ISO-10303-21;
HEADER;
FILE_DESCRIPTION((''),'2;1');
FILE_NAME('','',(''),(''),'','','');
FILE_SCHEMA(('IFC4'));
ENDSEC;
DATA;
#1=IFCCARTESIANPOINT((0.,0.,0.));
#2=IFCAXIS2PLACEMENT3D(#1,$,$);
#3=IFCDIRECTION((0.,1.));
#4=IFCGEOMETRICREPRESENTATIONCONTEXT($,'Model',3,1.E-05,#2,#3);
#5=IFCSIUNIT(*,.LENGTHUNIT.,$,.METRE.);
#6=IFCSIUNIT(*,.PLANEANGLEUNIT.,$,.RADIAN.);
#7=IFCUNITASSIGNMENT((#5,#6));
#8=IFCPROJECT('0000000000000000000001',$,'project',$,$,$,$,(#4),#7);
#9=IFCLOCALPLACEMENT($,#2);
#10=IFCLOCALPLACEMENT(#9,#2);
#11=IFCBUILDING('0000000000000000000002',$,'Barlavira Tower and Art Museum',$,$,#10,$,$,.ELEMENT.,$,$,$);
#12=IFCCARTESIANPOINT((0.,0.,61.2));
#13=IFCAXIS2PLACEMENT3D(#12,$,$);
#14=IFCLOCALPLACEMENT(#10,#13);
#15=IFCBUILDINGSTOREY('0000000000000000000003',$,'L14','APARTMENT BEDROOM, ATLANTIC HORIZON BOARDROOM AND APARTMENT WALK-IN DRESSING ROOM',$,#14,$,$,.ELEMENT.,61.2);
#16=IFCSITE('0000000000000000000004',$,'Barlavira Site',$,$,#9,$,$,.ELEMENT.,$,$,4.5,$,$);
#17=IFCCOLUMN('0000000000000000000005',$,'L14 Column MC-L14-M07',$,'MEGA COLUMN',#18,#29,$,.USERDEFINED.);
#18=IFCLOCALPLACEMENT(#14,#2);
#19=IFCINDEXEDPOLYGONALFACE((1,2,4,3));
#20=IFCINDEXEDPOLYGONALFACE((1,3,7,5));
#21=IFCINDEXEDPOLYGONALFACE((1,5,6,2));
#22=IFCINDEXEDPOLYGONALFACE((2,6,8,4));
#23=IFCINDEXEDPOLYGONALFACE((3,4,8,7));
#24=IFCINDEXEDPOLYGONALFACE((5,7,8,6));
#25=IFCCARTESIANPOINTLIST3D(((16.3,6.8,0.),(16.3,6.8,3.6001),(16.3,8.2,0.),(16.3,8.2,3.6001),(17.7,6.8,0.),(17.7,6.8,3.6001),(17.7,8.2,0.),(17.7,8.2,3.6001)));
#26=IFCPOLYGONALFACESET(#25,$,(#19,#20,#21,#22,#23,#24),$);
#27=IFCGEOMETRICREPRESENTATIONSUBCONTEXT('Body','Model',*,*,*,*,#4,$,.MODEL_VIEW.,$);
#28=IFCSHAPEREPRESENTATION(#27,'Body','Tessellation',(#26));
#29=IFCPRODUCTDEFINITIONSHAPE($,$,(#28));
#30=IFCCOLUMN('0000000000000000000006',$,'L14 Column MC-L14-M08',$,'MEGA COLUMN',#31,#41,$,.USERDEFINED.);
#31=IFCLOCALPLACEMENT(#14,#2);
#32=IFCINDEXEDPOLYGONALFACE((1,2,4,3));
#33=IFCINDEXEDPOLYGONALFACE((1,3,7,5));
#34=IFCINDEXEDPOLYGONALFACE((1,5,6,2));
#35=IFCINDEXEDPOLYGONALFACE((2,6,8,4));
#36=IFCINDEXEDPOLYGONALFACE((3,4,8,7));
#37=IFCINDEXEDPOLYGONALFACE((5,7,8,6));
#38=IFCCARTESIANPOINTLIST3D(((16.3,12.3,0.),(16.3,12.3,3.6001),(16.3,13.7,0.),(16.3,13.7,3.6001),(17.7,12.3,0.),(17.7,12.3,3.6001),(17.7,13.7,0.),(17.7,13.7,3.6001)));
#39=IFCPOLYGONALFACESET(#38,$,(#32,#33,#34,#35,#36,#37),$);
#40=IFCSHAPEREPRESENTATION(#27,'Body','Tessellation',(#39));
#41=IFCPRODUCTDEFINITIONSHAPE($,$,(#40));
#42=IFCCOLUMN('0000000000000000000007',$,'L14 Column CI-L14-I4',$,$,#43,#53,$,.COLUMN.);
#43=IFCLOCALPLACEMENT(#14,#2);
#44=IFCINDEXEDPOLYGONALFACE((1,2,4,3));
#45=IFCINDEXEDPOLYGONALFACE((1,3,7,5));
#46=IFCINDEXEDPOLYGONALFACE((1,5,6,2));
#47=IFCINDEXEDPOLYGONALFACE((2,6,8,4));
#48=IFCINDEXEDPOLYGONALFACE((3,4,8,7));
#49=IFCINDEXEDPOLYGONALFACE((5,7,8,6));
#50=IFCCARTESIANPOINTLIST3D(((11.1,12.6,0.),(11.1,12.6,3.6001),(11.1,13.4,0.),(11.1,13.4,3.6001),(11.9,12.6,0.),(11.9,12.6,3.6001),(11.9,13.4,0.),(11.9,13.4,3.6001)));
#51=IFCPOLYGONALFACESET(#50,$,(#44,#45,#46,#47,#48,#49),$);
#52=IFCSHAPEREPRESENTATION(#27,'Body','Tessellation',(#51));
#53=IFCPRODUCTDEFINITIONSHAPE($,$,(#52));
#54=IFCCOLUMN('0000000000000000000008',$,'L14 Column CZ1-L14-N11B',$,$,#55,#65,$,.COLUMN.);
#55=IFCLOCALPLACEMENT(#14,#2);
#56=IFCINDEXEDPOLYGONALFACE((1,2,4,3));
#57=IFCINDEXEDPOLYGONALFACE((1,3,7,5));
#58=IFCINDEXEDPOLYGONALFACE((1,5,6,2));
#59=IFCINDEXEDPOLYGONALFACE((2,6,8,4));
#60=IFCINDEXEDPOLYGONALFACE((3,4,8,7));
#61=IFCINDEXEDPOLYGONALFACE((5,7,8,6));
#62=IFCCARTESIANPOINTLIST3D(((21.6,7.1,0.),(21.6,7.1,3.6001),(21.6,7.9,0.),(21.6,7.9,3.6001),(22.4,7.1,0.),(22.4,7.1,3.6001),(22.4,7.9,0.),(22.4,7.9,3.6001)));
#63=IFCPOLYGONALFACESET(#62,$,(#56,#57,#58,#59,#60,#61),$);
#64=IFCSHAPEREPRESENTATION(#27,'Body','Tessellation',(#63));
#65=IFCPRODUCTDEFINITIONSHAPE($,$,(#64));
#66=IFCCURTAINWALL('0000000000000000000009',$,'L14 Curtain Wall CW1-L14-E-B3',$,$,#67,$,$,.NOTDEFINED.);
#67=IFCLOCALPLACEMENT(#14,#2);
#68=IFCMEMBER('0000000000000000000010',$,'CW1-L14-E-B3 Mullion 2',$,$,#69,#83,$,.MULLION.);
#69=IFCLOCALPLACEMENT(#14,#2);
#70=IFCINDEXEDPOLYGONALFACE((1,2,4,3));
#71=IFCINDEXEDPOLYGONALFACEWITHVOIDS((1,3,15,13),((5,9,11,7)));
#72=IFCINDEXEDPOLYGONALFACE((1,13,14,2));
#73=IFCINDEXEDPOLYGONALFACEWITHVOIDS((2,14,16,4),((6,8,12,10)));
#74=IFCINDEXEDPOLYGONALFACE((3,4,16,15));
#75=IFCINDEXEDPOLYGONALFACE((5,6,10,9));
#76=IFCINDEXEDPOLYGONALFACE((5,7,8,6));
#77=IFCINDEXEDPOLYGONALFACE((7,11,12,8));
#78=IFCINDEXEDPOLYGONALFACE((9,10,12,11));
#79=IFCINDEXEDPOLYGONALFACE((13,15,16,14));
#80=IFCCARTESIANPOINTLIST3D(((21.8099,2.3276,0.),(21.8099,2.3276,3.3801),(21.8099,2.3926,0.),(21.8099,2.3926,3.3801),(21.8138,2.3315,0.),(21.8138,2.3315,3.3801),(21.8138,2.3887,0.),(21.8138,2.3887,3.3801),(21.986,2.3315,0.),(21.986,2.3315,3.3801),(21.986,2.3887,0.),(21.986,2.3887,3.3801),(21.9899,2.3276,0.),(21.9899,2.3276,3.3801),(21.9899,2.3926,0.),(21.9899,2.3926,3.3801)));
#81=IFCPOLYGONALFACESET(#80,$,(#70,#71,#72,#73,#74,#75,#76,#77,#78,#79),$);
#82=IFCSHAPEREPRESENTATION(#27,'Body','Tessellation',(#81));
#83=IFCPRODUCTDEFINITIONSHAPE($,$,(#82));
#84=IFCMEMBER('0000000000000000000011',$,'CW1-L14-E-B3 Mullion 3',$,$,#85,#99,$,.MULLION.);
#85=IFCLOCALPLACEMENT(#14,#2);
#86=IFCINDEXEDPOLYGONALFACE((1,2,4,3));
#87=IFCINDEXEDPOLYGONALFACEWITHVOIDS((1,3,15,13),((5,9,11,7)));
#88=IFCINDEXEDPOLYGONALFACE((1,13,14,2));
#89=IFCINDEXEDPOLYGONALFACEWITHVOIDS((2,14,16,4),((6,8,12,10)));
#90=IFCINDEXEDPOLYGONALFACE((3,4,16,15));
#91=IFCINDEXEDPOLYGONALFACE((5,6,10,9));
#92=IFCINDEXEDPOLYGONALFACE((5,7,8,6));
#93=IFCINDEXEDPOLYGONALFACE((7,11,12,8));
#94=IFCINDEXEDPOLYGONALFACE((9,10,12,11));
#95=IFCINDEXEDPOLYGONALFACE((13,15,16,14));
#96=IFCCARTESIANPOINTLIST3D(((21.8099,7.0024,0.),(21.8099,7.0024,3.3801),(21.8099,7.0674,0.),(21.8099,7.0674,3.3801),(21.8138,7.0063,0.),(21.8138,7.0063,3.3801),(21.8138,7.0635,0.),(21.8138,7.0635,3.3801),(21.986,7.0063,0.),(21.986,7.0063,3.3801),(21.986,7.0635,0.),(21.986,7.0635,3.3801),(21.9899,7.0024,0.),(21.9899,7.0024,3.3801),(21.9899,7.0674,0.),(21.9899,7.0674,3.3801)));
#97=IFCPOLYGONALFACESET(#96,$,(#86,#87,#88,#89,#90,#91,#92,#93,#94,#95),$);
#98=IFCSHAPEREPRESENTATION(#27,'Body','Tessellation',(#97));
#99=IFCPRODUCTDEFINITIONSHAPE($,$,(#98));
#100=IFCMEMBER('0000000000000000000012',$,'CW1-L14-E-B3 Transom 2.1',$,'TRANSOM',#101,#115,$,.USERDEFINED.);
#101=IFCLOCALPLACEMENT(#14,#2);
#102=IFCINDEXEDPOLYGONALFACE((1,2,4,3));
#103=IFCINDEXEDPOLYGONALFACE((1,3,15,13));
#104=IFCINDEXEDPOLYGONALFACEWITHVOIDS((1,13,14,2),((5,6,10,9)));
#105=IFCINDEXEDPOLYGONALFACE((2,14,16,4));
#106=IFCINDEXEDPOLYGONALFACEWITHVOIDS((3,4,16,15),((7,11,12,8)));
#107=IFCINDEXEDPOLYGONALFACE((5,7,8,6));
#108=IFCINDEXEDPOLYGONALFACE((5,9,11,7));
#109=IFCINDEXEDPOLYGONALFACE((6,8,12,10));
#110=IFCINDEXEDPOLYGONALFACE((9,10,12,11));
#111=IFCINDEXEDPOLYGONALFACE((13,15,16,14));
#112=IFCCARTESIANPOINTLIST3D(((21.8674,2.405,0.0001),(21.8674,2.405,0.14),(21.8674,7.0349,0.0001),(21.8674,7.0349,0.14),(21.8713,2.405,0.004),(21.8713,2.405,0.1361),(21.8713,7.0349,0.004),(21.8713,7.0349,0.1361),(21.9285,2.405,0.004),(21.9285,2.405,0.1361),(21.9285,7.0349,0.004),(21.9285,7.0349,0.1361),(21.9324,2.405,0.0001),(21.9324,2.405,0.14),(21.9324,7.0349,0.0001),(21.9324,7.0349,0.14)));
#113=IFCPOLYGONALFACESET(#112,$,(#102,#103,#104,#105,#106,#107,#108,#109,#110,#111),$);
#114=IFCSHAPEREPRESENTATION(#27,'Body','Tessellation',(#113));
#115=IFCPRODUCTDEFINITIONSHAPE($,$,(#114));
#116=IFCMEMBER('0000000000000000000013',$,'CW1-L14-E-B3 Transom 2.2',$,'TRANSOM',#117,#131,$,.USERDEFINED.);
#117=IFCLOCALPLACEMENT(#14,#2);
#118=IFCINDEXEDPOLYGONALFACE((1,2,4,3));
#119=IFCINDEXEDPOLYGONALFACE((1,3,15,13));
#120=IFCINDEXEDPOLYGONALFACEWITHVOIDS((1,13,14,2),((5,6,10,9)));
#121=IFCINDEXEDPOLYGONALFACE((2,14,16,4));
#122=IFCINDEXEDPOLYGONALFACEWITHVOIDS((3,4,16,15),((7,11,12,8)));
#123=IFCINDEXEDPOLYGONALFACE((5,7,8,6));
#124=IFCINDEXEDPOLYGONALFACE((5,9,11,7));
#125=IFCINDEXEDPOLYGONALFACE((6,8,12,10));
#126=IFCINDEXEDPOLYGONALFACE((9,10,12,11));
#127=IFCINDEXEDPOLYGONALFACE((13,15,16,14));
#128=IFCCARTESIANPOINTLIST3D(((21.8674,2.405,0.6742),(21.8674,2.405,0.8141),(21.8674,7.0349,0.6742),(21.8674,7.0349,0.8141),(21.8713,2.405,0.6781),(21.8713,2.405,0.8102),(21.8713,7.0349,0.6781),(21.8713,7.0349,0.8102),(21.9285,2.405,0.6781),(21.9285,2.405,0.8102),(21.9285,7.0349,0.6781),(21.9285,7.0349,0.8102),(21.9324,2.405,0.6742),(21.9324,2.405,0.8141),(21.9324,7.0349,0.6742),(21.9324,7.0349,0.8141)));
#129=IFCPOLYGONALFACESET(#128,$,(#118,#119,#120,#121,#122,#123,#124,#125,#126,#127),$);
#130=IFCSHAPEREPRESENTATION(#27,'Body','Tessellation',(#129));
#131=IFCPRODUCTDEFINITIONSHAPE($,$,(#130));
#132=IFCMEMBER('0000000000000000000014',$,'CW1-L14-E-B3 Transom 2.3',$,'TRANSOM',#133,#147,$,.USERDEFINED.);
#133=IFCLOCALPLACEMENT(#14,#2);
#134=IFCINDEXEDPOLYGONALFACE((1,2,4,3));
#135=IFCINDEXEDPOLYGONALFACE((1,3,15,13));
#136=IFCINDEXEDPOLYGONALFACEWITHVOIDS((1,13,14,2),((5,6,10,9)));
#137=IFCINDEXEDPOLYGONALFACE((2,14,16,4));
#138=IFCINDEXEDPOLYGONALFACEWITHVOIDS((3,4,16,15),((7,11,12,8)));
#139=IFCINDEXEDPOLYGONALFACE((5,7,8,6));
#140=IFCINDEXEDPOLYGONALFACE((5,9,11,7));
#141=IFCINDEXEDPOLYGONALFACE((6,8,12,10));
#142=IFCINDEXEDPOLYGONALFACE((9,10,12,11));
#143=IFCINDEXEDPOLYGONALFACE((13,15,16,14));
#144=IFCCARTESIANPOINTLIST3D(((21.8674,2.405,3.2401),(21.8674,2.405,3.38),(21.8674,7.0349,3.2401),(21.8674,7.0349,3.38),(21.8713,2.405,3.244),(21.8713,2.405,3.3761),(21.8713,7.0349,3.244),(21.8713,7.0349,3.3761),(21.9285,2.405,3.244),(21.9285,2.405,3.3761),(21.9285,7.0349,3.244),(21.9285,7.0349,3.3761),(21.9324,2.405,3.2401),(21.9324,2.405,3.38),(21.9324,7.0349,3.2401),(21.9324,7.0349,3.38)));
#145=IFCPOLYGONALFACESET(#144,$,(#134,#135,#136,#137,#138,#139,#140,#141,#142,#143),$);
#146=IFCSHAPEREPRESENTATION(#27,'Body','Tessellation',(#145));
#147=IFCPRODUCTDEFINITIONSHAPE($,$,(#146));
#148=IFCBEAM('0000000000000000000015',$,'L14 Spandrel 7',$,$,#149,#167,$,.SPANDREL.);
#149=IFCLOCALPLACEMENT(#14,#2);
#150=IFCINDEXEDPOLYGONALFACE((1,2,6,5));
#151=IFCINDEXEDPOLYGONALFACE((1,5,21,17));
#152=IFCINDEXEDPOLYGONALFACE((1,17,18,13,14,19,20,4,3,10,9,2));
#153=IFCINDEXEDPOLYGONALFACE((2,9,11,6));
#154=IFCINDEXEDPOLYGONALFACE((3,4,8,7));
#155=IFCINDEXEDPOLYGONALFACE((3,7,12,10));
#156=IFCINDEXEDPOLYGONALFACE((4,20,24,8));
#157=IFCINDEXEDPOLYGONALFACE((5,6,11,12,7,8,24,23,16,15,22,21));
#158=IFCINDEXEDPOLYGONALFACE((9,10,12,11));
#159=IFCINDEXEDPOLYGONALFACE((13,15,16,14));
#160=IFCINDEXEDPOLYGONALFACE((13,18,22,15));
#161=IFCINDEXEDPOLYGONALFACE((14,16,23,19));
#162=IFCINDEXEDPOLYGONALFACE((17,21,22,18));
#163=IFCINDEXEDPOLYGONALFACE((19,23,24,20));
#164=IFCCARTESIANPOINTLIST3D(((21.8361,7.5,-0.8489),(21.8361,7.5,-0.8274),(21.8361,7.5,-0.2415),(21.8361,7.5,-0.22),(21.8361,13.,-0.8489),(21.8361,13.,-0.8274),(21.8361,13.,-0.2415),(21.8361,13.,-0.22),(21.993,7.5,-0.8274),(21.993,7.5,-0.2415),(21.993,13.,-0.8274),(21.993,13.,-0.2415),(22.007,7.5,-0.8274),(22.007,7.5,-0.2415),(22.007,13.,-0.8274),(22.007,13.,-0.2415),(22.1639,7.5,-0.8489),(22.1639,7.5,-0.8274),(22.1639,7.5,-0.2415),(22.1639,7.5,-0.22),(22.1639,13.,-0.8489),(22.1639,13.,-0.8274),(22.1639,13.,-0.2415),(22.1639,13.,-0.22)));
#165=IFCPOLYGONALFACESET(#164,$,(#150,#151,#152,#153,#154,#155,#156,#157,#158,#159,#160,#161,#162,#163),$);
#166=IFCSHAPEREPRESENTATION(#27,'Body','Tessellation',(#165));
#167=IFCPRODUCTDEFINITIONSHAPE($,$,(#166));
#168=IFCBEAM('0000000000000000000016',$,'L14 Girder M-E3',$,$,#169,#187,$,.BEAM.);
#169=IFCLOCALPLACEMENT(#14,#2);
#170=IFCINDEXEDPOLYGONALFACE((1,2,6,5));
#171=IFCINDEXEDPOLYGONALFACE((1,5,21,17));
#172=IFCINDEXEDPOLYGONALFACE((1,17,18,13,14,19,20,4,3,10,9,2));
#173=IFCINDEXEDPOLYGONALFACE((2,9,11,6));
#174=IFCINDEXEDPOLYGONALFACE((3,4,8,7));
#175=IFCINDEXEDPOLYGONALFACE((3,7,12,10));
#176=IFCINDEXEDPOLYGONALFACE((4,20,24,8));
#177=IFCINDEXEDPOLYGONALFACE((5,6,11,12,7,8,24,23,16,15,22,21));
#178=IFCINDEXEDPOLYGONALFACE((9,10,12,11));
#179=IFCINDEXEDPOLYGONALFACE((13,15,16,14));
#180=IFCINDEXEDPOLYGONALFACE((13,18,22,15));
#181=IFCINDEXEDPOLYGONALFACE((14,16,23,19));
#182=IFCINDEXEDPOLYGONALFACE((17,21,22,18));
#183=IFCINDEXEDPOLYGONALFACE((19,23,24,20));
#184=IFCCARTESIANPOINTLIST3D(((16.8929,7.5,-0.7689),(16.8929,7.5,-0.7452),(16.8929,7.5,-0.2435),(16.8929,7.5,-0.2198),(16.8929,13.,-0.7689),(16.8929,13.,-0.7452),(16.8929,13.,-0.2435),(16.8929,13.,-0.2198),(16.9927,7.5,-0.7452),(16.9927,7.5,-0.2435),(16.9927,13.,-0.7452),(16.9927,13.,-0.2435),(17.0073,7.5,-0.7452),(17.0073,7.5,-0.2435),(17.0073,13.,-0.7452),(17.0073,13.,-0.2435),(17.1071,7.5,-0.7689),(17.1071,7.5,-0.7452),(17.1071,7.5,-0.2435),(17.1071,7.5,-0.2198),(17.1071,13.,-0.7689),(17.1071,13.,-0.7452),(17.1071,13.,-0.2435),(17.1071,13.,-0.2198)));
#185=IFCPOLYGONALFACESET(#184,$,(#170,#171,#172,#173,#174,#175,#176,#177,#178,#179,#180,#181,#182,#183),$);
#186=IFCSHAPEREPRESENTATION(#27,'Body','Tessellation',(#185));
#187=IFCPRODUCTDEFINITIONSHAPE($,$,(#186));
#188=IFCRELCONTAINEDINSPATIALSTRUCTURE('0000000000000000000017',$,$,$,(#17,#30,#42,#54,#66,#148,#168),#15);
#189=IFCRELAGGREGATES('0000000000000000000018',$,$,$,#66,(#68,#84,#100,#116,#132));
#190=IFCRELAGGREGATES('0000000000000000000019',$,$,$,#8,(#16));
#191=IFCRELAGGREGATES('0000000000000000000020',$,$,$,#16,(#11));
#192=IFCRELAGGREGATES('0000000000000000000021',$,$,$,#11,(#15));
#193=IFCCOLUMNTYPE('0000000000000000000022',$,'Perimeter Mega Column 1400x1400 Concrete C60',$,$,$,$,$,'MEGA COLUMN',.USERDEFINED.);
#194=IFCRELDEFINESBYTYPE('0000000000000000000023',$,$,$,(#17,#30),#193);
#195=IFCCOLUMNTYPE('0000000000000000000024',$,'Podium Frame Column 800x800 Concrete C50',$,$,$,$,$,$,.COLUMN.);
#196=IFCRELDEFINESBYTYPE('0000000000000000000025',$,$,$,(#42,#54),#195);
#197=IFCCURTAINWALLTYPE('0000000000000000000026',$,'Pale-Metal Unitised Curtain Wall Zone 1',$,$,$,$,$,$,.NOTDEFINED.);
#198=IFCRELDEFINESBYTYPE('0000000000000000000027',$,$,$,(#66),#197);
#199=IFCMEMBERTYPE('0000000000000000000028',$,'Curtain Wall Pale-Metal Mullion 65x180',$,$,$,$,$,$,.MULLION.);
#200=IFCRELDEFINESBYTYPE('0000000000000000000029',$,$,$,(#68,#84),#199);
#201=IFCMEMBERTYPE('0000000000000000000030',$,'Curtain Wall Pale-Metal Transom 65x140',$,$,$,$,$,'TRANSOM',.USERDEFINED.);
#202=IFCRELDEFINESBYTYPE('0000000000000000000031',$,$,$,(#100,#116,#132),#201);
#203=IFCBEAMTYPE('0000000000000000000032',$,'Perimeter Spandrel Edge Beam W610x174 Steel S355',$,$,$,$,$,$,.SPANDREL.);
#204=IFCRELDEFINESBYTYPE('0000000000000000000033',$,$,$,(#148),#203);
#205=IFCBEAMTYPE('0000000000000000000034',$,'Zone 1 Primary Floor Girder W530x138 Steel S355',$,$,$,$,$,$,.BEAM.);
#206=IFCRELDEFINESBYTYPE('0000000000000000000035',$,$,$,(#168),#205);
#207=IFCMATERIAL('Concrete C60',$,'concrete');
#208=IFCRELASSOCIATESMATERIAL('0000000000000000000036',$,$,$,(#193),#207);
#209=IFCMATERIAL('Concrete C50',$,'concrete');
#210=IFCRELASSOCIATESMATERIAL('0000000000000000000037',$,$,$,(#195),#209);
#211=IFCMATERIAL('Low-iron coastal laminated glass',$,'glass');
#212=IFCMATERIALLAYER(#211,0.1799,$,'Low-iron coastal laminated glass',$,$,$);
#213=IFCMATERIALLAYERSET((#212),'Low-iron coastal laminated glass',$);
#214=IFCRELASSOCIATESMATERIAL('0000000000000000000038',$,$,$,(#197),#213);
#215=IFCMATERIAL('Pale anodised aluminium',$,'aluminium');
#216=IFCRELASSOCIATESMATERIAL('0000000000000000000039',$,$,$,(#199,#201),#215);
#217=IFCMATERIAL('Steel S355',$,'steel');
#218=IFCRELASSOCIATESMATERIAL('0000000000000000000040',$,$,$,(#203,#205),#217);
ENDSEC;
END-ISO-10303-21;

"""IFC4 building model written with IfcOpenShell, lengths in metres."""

from ifc_helpers import new_model, si_unit, direction, frame, origin, origin_2d, place, context, subcontext, project, spatial, rectangle, hollow_rectangle, i_section, extrude, material, layer, layer_set, material_profile, profile_set, type_object, element, aggregate, save


model = new_model("IFC4")

# Units and contexts
model_context = context("Model", 3, precision=1e-05, world=origin(), true_north=direction((0.0, 1.0)))
body_context = subcontext(model_context, "Body", "Model", "MODEL_VIEW")
ifc_project = project(units=[si_unit("LENGTHUNIT", "METRE"), si_unit("PLANEANGLEUNIT", "RADIAN")], contexts=[model_context])

# Site, building, storey
site_placement = place(None, origin())
site = spatial("IfcSite", under=ifc_project, at=site_placement, Name="Barlavira Site", CompositionType="ELEMENT", RefElevation=4.5)
building_placement = place(site_placement, origin())
building = spatial("IfcBuilding", under=site, at=building_placement, Name="Barlavira Tower and Art Museum", CompositionType="ELEMENT")
storey_placement = place(building_placement, frame((0.0, 0.0, 61.2)))
storey = spatial("IfcBuildingStorey", under=building, at=storey_placement, Name="L14", Description="APARTMENT BEDROOM, ATLANTIC HORIZON BOARDROOM AND APARTMENT WALK-IN DRESSING ROOM", CompositionType="ELEMENT", Elevation=61.2)

# Columns
ifc_material_1 = material(Name="Concrete C60", Category="concrete")
ifc_material_profile_1 = material_profile(ifc_material_1, rectangle(XDim=1.3999, YDim=1.3999, at=origin_2d()), Name="RC-MCOL 1400x1400")
ifc_profile_set_1 = profile_set([ifc_material_profile_1], Name="Concrete C60")
column_type_1 = type_object("IfcColumnType", Name="Perimeter Mega Column 1400x1400 Concrete C60", ElementType="MEGA COLUMN", PredefinedType="USERDEFINED", material=ifc_profile_set_1)
for number, where, z_axis, x_axis, name in (
    (1, (17.0, 7.5, 0.0), (0.0, 0.0, 1.0), (1.0, 0.0, 0.0), "L14 Column MC-L14-M07"),
    (2, (17.0, 13.0, 0.0), (0.0, 0.0, 1.0), (1.0, 0.0, 0.0), "L14 Column MC-L14-M08"),
):
    element("IfcColumn", number, at=place(storey_placement, frame(where, z_axis=z_axis, x_axis=x_axis)), inside=storey, type_object=column_type_1, Name=name, ObjectType="MEGA COLUMN", PredefinedType="USERDEFINED", context=body_context, shape_type="SweptSolid", body=[
        extrude(rectangle(XDim=1.3999, YDim=1.3999, at=origin_2d()), origin(), (0.0, 0.0, 1.0), 3.6001),
    ])
ifc_material_2 = material(Name="Concrete C50", Category="concrete")
ifc_material_profile_2 = material_profile(ifc_material_2, rectangle(XDim=0.8, YDim=0.8, at=origin_2d()), Name="RC-COL 800x800")
ifc_profile_set_2 = profile_set([ifc_material_profile_2], Name="Concrete C50")
column_type_2 = type_object("IfcColumnType", Name="Podium Frame Column 800x800 Concrete C50", PredefinedType="COLUMN", material=ifc_profile_set_2)
for number, where, z_axis, x_axis, name in (
    (3, (11.5, 13.0, 0.0), (0.0, 0.0, 1.0), (1.0, 0.0, 0.0), "L14 Column CI-L14-I4"),
    (4, (22.0, 7.5, 0.0), (0.0, 0.0, 1.0), (1.0, 0.0, 0.0), "L14 Column CZ1-L14-N11B"),
):
    element("IfcColumn", number, at=place(storey_placement, frame(where, z_axis=z_axis, x_axis=x_axis)), inside=storey, type_object=column_type_2, Name=name, PredefinedType="COLUMN", context=body_context, shape_type="SweptSolid", body=[
        extrude(rectangle(XDim=0.8, YDim=0.8, at=origin_2d()), origin(), (0.0, 0.0, 1.0), 3.6001),
    ])

# Curtain wall, members
ifc_material_3 = material(Name="Low-iron coastal laminated glass", Category="glass")
ifc_layer_1 = layer(ifc_material_3, 0.1799, Name="Low-iron coastal laminated glass")
ifc_layer_set_1 = layer_set([ifc_layer_1], Name="Low-iron coastal laminated glass")
curtain_wall_type = type_object("IfcCurtainWallType", Name="Pale-Metal Unitised Curtain Wall Zone 1", PredefinedType="NOTDEFINED", material=ifc_layer_set_1)
curtain_wall_placement = place(storey_placement, origin())
curtain_wall = element("IfcCurtainWall", 5, at=curtain_wall_placement, inside=storey, type_object=curtain_wall_type, Name="L14 Curtain Wall CW1-L14-E-B3", PredefinedType="NOTDEFINED")
ifc_material_4 = material(Name="Pale anodised aluminium", Category="aluminium")
ifc_material_profile_3 = material_profile(ifc_material_4, hollow_rectangle(XDim=0.0649, YDim=0.1799, WallThickness=0.0039, at=origin_2d()), Name="ALU-MULL 65x180x4")
ifc_profile_set_3 = profile_set([ifc_material_profile_3], Name="Pale anodised aluminium")
member_type_1 = type_object("IfcMemberType", Name="Curtain Wall Pale-Metal Mullion 65x180", PredefinedType="MULLION", material=ifc_profile_set_3)
member_1_placement = place(storey_placement, frame((21.8999, 2.3601, 0.0), z_axis=(0.0, 0.0, 1.0), x_axis=(0.0, 1.0, 0.0)))
member_1 = element("IfcMember", 6, at=member_1_placement, type_object=member_type_1, Name="CW1-L14-E-B3 Mullion 2", PredefinedType="MULLION", context=body_context, shape_type="SweptSolid", body=[
    extrude(hollow_rectangle(XDim=0.0649, YDim=0.1799, WallThickness=0.0039, at=origin_2d()), origin(), (0.0, 0.0, 1.0), 3.3801),
])
member_2_placement = place(storey_placement, frame((21.8999, 7.0349, 0.0), z_axis=(0.0, 0.0, 1.0), x_axis=(0.0, 1.0, 0.0)))
member_2 = element("IfcMember", 7, at=member_2_placement, type_object=member_type_1, Name="CW1-L14-E-B3 Mullion 3", PredefinedType="MULLION", context=body_context, shape_type="SweptSolid", body=[
    extrude(hollow_rectangle(XDim=0.0649, YDim=0.1799, WallThickness=0.0039, at=origin_2d()), origin(), (0.0, 0.0, 1.0), 3.3801),
])
ifc_material_profile_4 = material_profile(ifc_material_4, hollow_rectangle(XDim=0.0649, YDim=0.1399, WallThickness=0.0039, at=origin_2d()), Name="ALU-TRAN 65x140x4")
ifc_profile_set_4 = profile_set([ifc_material_profile_4], Name="Pale anodised aluminium")
member_type_2 = type_object("IfcMemberType", Name="Curtain Wall Pale-Metal Transom 65x140", ElementType="TRANSOM", PredefinedType="USERDEFINED", material=ifc_profile_set_4)
member_3_placement = place(storey_placement, frame((21.8999, 2.405, 0.0701), z_axis=(0.0, 1.0, 0.0), x_axis=(-1.0, 0.0, 0.0)))
member_3 = element("IfcMember", 8, at=member_3_placement, type_object=member_type_2, Name="CW1-L14-E-B3 Transom 2.1", ObjectType="TRANSOM", PredefinedType="USERDEFINED", context=body_context, shape_type="SweptSolid", body=[
    extrude(hollow_rectangle(XDim=0.0649, YDim=0.1399, WallThickness=0.0039, at=origin_2d()), origin(), (0.0, 0.0, 1.0), 4.6299),
])
member_4_placement = place(storey_placement, frame((21.8999, 2.405, 0.7441), z_axis=(0.0, 1.0, 0.0), x_axis=(-1.0, 0.0, 0.0)))
member_4 = element("IfcMember", 9, at=member_4_placement, type_object=member_type_2, Name="CW1-L14-E-B3 Transom 2.2", ObjectType="TRANSOM", PredefinedType="USERDEFINED", context=body_context, shape_type="SweptSolid", body=[
    extrude(hollow_rectangle(XDim=0.0649, YDim=0.1399, WallThickness=0.0039, at=origin_2d()), origin(), (0.0, 0.0, 1.0), 4.6299),
])
member_5_placement = place(storey_placement, frame((21.8999, 2.405, 3.3101), z_axis=(0.0, 1.0, 0.0), x_axis=(-1.0, 0.0, 0.0)))
member_5 = element("IfcMember", 10, at=member_5_placement, type_object=member_type_2, Name="CW1-L14-E-B3 Transom 2.3", ObjectType="TRANSOM", PredefinedType="USERDEFINED", context=body_context, shape_type="SweptSolid", body=[
    extrude(hollow_rectangle(XDim=0.0649, YDim=0.1399, WallThickness=0.0039, at=origin_2d()), origin(), (0.0, 0.0, 1.0), 4.6299),
])

# Beams
ifc_material_5 = material(Name="Steel S355", Category="steel")
ifc_material_profile_5 = material_profile(ifc_material_5, i_section(OverallWidth=0.3279, OverallDepth=0.6289, WebThickness=0.0139, FlangeThickness=0.0215, at=origin_2d()), Name="W610x174.0")
ifc_profile_set_5 = profile_set([ifc_material_profile_5], Name="Steel S355")
beam_type_1 = type_object("IfcBeamType", Name="Perimeter Spandrel Edge Beam W610x174 Steel S355", PredefinedType="SPANDREL", material=ifc_profile_set_5)
beam_placement = place(storey_placement, frame((22.0, 7.5, -0.5344), z_axis=(0.0, 1.0, 0.0), x_axis=(-1.0, 0.0, 0.0)))
element("IfcBeam", 11, at=beam_placement, inside=storey, type_object=beam_type_1, Name="L14 Spandrel 7", PredefinedType="SPANDREL", context=body_context, shape_type="SweptSolid", body=[
    extrude(i_section(OverallWidth=0.3279, OverallDepth=0.6289, WebThickness=0.0139, FlangeThickness=0.0215, at=origin_2d()), origin(), (0.0, 0.0, 1.0), 5.5),
])
ifc_material_profile_6 = material_profile(ifc_material_5, i_section(OverallWidth=0.2141, OverallDepth=0.5491, WebThickness=0.0146, FlangeThickness=0.0237, at=origin_2d()), Name="W530x138.0")
ifc_profile_set_6 = profile_set([ifc_material_profile_6], Name="Steel S355")
beam_type_2 = type_object("IfcBeamType", Name="Zone 1 Primary Floor Girder W530x138 Steel S355", PredefinedType="BEAM", material=ifc_profile_set_6)
for number, where, z_axis, x_axis, name in (
    (12, (17.0, 7.5, -0.4944), (0.0, 1.0, 0.0), (-1.0, 0.0, 0.0), "L14 Girder M-E3"),
):
    element("IfcBeam", number, at=place(storey_placement, frame(where, z_axis=z_axis, x_axis=x_axis)), inside=storey, type_object=beam_type_2, Name=name, PredefinedType="BEAM", context=body_context, shape_type="SweptSolid", body=[
        extrude(i_section(OverallWidth=0.2141, OverallDepth=0.5491, WebThickness=0.0146, FlangeThickness=0.0237, at=origin_2d()), origin(), (0.0, 0.0, 1.0), 5.5),
    ])

aggregate(curtain_wall, [member_1, member_2, member_3, member_4, member_5])

save(model, "model.ifc")
